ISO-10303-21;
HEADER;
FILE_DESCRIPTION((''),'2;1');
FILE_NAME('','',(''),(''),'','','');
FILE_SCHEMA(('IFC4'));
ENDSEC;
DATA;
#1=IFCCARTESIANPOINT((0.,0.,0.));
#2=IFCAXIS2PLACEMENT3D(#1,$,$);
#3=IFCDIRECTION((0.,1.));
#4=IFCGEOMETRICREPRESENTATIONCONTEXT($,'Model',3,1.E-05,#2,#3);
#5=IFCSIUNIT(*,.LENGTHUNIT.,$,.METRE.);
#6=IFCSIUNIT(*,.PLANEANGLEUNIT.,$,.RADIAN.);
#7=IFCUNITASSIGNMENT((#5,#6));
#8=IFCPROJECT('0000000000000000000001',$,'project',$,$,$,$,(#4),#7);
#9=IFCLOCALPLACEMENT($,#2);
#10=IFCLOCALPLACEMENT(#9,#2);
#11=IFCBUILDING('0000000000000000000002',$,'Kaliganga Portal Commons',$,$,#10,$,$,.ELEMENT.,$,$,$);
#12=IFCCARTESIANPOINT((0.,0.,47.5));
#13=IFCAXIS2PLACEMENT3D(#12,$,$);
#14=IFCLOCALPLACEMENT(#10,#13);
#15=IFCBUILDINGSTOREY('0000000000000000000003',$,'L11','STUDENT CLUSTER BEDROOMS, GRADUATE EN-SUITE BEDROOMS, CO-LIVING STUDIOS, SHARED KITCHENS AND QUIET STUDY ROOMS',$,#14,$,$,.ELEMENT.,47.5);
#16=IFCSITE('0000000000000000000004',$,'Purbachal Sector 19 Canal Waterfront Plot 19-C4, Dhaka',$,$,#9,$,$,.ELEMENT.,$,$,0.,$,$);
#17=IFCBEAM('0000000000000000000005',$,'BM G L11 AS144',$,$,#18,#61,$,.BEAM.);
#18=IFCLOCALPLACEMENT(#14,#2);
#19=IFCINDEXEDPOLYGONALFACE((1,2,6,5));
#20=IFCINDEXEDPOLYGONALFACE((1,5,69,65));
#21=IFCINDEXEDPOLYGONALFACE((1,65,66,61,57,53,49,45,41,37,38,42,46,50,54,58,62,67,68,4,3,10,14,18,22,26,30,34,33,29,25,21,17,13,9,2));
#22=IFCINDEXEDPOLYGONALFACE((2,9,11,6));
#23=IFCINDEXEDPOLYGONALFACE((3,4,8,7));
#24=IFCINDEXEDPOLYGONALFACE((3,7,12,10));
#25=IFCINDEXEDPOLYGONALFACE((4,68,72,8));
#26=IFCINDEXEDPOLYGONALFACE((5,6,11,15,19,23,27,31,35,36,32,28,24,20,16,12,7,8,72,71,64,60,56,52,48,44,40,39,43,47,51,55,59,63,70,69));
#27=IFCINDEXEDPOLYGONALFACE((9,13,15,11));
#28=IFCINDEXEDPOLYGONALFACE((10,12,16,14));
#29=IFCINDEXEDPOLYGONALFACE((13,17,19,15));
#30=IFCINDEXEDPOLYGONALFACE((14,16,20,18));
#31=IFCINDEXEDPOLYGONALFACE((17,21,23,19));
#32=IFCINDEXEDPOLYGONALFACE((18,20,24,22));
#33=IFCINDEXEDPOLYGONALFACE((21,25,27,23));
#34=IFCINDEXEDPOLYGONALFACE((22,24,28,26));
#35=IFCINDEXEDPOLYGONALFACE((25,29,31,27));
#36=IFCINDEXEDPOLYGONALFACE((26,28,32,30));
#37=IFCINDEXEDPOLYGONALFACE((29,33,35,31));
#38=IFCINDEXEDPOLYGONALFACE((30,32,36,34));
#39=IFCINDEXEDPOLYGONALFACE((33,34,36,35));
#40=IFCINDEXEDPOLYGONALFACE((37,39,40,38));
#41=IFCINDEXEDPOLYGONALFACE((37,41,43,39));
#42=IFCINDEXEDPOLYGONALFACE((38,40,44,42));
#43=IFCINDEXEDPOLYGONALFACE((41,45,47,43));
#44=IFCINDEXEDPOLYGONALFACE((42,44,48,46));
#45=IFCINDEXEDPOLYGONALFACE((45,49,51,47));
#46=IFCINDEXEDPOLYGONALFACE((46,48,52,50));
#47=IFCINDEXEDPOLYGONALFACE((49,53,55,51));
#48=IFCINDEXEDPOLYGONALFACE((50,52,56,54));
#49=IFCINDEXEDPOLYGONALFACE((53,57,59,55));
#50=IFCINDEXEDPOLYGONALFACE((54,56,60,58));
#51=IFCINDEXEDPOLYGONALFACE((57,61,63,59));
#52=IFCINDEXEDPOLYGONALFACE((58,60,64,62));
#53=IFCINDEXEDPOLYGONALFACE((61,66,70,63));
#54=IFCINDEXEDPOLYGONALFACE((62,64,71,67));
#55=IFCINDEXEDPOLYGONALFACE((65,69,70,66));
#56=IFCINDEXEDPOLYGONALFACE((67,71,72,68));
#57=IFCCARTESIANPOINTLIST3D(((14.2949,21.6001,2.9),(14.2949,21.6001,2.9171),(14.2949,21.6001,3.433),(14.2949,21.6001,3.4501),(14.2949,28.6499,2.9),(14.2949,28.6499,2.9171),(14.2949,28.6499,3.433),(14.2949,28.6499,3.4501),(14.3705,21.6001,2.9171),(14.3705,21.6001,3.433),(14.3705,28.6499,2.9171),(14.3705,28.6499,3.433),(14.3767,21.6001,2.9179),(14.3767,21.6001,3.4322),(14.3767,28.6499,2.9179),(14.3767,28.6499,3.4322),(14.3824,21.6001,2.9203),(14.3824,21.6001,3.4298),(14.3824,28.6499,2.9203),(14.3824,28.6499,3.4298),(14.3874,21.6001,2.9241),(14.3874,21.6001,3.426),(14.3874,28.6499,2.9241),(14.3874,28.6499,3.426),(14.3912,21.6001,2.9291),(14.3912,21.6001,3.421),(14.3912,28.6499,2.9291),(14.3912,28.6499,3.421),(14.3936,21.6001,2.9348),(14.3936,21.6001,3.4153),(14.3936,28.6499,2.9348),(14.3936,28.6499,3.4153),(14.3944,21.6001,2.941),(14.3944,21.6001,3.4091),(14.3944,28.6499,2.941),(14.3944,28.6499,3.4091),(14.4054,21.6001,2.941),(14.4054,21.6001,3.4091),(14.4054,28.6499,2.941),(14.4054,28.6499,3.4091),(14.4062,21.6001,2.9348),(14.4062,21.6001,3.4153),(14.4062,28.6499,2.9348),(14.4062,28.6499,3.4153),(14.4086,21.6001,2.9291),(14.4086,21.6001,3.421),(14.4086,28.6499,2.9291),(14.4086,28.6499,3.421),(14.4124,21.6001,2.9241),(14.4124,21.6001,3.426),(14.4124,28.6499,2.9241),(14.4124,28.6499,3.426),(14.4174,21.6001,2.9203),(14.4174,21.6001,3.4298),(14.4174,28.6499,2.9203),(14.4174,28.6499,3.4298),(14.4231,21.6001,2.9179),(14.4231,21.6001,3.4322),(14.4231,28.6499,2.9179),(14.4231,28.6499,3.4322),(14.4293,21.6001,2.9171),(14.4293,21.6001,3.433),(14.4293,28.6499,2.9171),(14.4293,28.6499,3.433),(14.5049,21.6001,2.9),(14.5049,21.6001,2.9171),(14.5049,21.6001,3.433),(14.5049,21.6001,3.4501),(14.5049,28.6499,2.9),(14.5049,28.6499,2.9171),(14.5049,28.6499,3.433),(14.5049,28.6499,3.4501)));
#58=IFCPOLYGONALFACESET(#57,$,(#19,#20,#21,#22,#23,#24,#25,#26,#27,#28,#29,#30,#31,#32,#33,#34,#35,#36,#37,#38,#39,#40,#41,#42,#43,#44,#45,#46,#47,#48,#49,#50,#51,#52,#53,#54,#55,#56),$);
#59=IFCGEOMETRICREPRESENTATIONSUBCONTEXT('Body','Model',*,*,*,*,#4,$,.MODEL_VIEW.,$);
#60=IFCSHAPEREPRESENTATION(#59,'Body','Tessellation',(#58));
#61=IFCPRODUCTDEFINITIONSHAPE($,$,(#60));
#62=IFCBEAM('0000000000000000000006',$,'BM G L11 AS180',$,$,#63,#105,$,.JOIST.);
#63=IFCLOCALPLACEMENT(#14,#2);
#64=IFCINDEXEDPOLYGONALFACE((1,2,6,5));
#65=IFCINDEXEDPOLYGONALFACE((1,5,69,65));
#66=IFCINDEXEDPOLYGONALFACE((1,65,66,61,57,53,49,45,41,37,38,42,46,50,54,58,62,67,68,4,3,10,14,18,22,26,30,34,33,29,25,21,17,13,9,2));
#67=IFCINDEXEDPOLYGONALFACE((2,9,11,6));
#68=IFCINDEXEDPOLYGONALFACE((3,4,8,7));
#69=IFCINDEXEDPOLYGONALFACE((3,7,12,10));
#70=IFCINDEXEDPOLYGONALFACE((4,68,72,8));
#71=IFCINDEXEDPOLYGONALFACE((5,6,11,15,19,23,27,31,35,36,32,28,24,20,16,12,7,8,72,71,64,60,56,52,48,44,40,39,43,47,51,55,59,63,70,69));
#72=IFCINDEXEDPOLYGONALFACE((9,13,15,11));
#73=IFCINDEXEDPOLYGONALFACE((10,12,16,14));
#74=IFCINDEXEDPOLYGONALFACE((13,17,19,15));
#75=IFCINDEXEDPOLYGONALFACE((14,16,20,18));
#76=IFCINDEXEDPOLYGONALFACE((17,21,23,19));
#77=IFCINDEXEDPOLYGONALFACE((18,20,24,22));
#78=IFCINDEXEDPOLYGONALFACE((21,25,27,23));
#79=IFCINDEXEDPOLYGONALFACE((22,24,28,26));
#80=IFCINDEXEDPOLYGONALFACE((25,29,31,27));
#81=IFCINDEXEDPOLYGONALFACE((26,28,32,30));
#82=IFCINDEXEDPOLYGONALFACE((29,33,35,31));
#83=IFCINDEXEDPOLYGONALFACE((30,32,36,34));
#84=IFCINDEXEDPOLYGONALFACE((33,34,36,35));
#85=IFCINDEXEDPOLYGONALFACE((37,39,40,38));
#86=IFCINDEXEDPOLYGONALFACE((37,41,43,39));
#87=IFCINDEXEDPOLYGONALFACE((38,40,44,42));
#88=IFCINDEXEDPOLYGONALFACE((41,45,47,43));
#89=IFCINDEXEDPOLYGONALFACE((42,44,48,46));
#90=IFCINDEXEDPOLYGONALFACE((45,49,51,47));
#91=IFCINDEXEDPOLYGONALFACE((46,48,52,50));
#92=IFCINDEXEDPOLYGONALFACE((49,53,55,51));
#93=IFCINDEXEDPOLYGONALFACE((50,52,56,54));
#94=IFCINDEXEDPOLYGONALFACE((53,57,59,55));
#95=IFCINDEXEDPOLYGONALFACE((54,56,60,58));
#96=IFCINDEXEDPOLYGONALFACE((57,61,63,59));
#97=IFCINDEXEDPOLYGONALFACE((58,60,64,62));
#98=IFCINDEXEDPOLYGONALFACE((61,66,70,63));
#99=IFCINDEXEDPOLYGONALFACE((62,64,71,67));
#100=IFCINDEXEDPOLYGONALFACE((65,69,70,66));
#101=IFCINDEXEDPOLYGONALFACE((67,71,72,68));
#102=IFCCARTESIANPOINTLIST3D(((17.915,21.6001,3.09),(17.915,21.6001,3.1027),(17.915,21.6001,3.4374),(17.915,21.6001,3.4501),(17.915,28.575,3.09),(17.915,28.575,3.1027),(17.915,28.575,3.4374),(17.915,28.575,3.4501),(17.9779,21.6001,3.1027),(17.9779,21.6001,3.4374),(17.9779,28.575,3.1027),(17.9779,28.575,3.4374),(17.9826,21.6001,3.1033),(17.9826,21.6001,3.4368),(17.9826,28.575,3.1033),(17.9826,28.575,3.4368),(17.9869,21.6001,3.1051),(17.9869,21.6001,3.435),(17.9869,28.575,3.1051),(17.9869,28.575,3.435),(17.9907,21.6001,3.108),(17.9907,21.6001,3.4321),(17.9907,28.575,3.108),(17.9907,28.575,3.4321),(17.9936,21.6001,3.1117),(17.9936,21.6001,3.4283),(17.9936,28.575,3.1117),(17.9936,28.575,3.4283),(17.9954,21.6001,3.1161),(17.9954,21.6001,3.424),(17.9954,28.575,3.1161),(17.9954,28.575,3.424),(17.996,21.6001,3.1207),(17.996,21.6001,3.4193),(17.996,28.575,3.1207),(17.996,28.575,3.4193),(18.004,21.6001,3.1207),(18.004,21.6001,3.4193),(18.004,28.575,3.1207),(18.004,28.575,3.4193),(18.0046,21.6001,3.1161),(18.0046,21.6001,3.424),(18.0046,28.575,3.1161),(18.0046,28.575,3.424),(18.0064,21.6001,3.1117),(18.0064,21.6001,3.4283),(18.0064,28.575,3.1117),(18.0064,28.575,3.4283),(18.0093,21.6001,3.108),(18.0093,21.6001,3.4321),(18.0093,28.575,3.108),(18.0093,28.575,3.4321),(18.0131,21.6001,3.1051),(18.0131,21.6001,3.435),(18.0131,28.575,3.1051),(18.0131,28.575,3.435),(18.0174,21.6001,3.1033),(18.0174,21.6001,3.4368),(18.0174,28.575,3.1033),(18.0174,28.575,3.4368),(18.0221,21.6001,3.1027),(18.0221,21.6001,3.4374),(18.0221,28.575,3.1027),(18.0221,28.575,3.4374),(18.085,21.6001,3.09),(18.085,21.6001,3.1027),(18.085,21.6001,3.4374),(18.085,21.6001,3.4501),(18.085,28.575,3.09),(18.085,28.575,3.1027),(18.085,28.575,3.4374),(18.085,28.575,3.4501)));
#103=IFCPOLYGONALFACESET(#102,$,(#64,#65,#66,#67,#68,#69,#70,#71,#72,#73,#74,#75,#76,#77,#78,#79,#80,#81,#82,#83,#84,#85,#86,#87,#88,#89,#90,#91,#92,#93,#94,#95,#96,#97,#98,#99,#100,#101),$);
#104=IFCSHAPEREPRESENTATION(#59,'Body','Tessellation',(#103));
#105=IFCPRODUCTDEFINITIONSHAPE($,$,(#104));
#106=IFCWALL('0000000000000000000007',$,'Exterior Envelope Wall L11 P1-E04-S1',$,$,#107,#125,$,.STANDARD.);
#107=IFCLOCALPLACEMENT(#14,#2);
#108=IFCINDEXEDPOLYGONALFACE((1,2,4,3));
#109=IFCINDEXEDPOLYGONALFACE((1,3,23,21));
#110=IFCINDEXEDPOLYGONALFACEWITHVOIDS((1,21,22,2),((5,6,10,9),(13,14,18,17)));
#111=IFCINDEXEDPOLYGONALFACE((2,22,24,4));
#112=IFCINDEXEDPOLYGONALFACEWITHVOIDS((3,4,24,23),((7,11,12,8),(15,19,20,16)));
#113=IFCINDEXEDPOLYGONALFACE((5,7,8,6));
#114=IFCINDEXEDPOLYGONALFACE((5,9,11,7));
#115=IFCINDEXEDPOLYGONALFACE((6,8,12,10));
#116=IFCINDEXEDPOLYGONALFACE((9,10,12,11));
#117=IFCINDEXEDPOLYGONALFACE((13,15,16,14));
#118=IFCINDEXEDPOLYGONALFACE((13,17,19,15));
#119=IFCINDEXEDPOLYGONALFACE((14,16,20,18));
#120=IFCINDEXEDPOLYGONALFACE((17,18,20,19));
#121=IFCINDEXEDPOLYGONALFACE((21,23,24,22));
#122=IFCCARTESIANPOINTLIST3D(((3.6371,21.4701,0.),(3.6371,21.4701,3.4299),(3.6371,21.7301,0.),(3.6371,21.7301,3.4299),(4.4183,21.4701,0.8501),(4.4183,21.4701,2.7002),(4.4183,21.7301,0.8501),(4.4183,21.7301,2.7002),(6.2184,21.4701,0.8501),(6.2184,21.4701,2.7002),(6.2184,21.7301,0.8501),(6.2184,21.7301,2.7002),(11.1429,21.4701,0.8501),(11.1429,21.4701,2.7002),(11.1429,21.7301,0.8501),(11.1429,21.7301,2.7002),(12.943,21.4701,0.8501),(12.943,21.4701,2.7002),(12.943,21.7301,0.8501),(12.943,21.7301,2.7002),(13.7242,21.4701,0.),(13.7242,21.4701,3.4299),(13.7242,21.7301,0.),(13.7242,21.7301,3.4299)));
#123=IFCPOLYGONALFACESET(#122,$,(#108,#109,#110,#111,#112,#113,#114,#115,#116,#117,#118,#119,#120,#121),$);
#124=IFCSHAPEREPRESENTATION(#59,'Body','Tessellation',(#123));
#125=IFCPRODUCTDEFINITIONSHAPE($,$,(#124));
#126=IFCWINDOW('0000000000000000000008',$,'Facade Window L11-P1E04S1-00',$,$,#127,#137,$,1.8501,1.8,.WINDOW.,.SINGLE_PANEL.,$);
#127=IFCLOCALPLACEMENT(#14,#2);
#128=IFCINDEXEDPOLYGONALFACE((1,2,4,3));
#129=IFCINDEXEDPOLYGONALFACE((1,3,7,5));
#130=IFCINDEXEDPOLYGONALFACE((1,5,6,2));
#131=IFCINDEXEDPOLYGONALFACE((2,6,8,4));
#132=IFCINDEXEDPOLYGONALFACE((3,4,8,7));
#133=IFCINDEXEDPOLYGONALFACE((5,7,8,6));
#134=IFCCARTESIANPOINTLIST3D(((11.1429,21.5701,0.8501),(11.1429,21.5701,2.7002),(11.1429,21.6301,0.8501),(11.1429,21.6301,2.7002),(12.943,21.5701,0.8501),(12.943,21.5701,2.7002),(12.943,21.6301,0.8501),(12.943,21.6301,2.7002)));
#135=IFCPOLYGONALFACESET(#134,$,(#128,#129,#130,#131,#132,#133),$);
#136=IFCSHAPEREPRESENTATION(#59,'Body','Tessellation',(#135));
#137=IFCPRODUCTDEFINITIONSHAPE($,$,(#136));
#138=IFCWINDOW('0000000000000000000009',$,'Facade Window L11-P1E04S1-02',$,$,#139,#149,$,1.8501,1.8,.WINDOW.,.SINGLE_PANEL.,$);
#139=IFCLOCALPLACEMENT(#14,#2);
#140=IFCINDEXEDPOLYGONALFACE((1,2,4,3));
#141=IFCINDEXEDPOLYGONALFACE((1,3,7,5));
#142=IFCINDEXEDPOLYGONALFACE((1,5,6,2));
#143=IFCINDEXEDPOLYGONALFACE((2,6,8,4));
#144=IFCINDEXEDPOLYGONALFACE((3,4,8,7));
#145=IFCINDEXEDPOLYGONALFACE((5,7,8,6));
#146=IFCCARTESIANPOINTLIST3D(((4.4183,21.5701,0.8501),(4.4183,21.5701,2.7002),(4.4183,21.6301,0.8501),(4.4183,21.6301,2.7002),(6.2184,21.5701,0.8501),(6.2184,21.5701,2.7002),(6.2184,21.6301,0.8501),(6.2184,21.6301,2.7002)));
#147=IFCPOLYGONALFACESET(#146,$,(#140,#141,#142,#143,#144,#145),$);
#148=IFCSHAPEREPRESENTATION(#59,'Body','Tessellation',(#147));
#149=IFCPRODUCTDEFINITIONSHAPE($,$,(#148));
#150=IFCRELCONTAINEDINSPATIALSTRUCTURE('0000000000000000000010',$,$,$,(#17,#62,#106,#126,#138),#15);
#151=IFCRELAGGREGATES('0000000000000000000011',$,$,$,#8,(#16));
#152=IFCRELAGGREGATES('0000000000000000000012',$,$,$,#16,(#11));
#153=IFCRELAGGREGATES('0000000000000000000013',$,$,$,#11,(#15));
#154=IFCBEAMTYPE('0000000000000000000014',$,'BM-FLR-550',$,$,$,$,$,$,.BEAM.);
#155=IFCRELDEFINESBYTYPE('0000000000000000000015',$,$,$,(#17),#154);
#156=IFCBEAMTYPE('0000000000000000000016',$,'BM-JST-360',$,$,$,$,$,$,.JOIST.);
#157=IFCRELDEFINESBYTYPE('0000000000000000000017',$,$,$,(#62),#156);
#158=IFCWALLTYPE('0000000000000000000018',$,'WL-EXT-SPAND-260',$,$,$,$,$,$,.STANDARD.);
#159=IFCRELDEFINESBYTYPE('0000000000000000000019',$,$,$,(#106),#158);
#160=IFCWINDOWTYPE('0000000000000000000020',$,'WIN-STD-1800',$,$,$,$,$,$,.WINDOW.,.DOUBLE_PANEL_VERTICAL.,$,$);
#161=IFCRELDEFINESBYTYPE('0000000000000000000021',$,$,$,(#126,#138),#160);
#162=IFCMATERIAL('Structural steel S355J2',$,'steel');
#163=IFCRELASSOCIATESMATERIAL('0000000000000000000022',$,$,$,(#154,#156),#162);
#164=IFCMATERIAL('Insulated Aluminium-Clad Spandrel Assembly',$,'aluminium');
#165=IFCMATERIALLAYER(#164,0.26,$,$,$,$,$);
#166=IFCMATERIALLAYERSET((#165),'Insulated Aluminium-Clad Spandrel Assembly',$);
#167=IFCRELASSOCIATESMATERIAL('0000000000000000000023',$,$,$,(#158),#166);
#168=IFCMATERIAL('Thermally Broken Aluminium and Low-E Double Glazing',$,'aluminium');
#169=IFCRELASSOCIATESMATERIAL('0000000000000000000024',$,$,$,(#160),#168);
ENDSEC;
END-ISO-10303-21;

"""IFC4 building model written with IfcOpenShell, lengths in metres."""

from ifc_helpers import new_model, si_unit, direction, frame, frame_2d, origin, origin_2d, place, context, subcontext, project, spatial, rectangle, i_section, extrude, source, transform, mapped, material, layer, layer_set, material_profile, profile_set, type_object, element, fill, save


model = new_model("IFC4")

# Units and contexts
model_context = context("Model", 3, precision=1e-05, world=origin(), true_north=direction((0.0, 1.0)))
body_context = subcontext(model_context, "Body", "Model", "MODEL_VIEW")
ifc_project = project(units=[si_unit("LENGTHUNIT", "METRE"), si_unit("PLANEANGLEUNIT", "RADIAN")], contexts=[model_context])

# Site, building, storey
site_placement = place(None, origin())
site = spatial("IfcSite", under=ifc_project, at=site_placement, Name="Purbachal Sector 19 Canal Waterfront Plot 19-C4, Dhaka", CompositionType="ELEMENT", RefElevation=0.0)
building_placement = place(site_placement, origin())
building = spatial("IfcBuilding", under=site, at=building_placement, Name="Kaliganga Portal Commons", CompositionType="ELEMENT")
storey_placement = place(building_placement, frame((0.0, 0.0, 47.5)))
storey = spatial("IfcBuildingStorey", under=building, at=storey_placement, Name="L11", Description="STUDENT CLUSTER BEDROOMS, GRADUATE EN-SUITE BEDROOMS, CO-LIVING STUDIOS, SHARED KITCHENS AND QUIET STUDY ROOMS", CompositionType="ELEMENT", Elevation=47.5)

# Beams
ifc_material_1 = material(Name="Structural steel S355J2", Category="steel")
ifc_material_profile_1 = material_profile(ifc_material_1, i_section(OverallWidth=0.21, OverallDepth=0.55, WebThickness=0.011, FlangeThickness=0.0171, FilletRadius=0.0239, at=origin_2d()), Name="IPE 550")
ifc_profile_set_1 = profile_set([ifc_material_profile_1], Name="Structural steel S355J2 wide-flange")
beam_type_1 = type_object("IfcBeamType", Name="BM-FLR-550", PredefinedType="BEAM", material=ifc_profile_set_1)
shared_shape_1 = source(origin(), body_context, "Body", "SweptSolid", [
    extrude(i_section(OverallWidth=0.21, OverallDepth=0.55, WebThickness=0.011, FlangeThickness=0.0171, FilletRadius=0.0239, at=origin_2d()), origin(), (0.0, 0.0, 1.0), 7.0498),
])
beam_1_placement = place(storey_placement, frame((14.3999, 21.6001, 3.175), z_axis=(0.0, 1.0, 0.0), x_axis=(-1.0, 0.0, 0.0)))
element("IfcBeam", 1, at=beam_1_placement, inside=storey, type_object=beam_type_1, Name="BM G L11 AS144", PredefinedType="BEAM", context=body_context, shape_type="MappedRepresentation", body=[
    mapped(shared_shape_1, transform((0.0, 0.0, 0.0), x_axis=(1.0, 0.0, 0.0), y_axis=(0.0, 1.0, 0.0), z_axis=(0.0, 0.0, 1.0), scale=1.0)),
])
ifc_material_profile_2 = material_profile(ifc_material_1, i_section(OverallWidth=0.1699, OverallDepth=0.3601, WebThickness=0.0081, FlangeThickness=0.0127, FilletRadius=0.0181, at=origin_2d()), Name="IPE 360")
ifc_profile_set_2 = profile_set([ifc_material_profile_2], Name="Structural steel S355J2 wide-flange")
beam_type_2 = type_object("IfcBeamType", Name="BM-JST-360", PredefinedType="JOIST", material=ifc_profile_set_2)
shared_shape_2 = source(origin(), body_context, "Body", "SweptSolid", [
    extrude(i_section(OverallWidth=0.1699, OverallDepth=0.3601, WebThickness=0.0081, FlangeThickness=0.0127, FilletRadius=0.0181, at=origin_2d()), origin(), (0.0, 0.0, 1.0), 6.9749),
])
beam_2_placement = place(storey_placement, frame((18.0, 21.6001, 3.27), z_axis=(0.0, 1.0, 0.0), x_axis=(-1.0, 0.0, 0.0)))
element("IfcBeam", 2, at=beam_2_placement, inside=storey, type_object=beam_type_2, Name="BM G L11 AS180", PredefinedType="JOIST", context=body_context, shape_type="MappedRepresentation", body=[
    mapped(shared_shape_2, transform((0.0, 0.0, 0.0), x_axis=(1.0, 0.0, 0.0), y_axis=(0.0, 1.0, 0.0), z_axis=(0.0, 0.0, 1.0), scale=1.0)),
])

# Wall, openings, windows
ifc_material_2 = material(Name="Insulated Aluminium-Clad Spandrel Assembly", Category="aluminium")
ifc_layer_1 = layer(ifc_material_2, 0.26)
ifc_layer_set_1 = layer_set([ifc_layer_1], Name="Insulated Aluminium-Clad Spandrel Assembly")
wall_type_1 = type_object("IfcWallType", Name="WL-EXT-SPAND-260", PredefinedType="STANDARD", material=ifc_layer_set_1)
wall_1_placement = place(storey_placement, frame((13.7241, 21.6001, 0.0), z_axis=(0.0, 0.0, 1.0), x_axis=(-1.0, 0.0, 0.0)))
wall_1 = element("IfcWall", 3, at=wall_1_placement, inside=storey, type_object=wall_type_1, Name="Exterior Envelope Wall L11 P1-E04-S1", PredefinedType="STANDARD", context=body_context, shape_type="SweptSolid", body=[
    extrude(rectangle(XDim=10.0872, YDim=0.26, at=frame_2d((5.0435, 0.0))), origin(), (0.0, 0.0, 1.0), 3.4299),
])
opening_1_placement = place(wall_1_placement, frame((0.7812, 0.0, 0.8501)))
opening_1 = element("IfcOpeningElement", 4, at=opening_1_placement, cuts=wall_1, PredefinedType="OPENING", context=body_context, shape_type="SweptSolid", body=[
    extrude(rectangle(XDim=1.8, YDim=1.8501, at=frame_2d((0.8999, 0.925))), frame((0.0, 0.1401, 0.0), z_axis=(0.0, -1.0, 0.0), x_axis=(1.0, 0.0, 0.0)), (0.0, 0.0, 1.0), 0.28),
])
opening_2_placement = place(wall_1_placement, frame((7.5059, 0.0, 0.8501)))
opening_2 = element("IfcOpeningElement", 5, at=opening_2_placement, cuts=wall_1, PredefinedType="OPENING", context=body_context, shape_type="SweptSolid", body=[
    extrude(rectangle(XDim=1.8, YDim=1.8501, at=frame_2d((0.8999, 0.925))), frame((0.0, 0.1401, 0.0), z_axis=(0.0, -1.0, 0.0), x_axis=(1.0, 0.0, 0.0)), (0.0, 0.0, 1.0), 0.28),
])
ifc_material_3 = material(Name="Thermally Broken Aluminium and Low-E Double Glazing", Category="aluminium")
window_type_1 = type_object("IfcWindowType", Name="WIN-STD-1800", PartitioningType="DOUBLE_PANEL_VERTICAL", PredefinedType="WINDOW", material=ifc_material_3)
window_1_placement = place(opening_1_placement, origin())
window_1 = element("IfcWindow", 6, at=window_1_placement, inside=storey, type_object=window_type_1, Name="Facade Window L11-P1E04S1-00", OverallHeight=1.8501, OverallWidth=1.8, PartitioningType="SINGLE_PANEL", PredefinedType="WINDOW", context=body_context, shape_type="SweptSolid", body=[
    extrude(rectangle(XDim=1.8, YDim=1.8501, at=frame_2d((0.8999, 0.925))), frame((0.0, 0.03, 0.0), z_axis=(0.0, -1.0, 0.0), x_axis=(1.0, 0.0, 0.0)), (0.0, 0.0, 1.0), 0.0601),
])
fill(opening_1, window_1)
window_2_placement = place(opening_2_placement, origin())
window_2 = element("IfcWindow", 7, at=window_2_placement, inside=storey, type_object=window_type_1, Name="Facade Window L11-P1E04S1-02", OverallHeight=1.8501, OverallWidth=1.8, PartitioningType="SINGLE_PANEL", PredefinedType="WINDOW", context=body_context, shape_type="SweptSolid", body=[
    extrude(rectangle(XDim=1.8, YDim=1.8501, at=frame_2d((0.8999, 0.925))), frame((0.0, 0.03, 0.0), z_axis=(0.0, -1.0, 0.0), x_axis=(1.0, 0.0, 0.0)), (0.0, 0.0, 1.0), 0.0601),
])
fill(opening_2, window_2)

save(model, "model.ifc")
